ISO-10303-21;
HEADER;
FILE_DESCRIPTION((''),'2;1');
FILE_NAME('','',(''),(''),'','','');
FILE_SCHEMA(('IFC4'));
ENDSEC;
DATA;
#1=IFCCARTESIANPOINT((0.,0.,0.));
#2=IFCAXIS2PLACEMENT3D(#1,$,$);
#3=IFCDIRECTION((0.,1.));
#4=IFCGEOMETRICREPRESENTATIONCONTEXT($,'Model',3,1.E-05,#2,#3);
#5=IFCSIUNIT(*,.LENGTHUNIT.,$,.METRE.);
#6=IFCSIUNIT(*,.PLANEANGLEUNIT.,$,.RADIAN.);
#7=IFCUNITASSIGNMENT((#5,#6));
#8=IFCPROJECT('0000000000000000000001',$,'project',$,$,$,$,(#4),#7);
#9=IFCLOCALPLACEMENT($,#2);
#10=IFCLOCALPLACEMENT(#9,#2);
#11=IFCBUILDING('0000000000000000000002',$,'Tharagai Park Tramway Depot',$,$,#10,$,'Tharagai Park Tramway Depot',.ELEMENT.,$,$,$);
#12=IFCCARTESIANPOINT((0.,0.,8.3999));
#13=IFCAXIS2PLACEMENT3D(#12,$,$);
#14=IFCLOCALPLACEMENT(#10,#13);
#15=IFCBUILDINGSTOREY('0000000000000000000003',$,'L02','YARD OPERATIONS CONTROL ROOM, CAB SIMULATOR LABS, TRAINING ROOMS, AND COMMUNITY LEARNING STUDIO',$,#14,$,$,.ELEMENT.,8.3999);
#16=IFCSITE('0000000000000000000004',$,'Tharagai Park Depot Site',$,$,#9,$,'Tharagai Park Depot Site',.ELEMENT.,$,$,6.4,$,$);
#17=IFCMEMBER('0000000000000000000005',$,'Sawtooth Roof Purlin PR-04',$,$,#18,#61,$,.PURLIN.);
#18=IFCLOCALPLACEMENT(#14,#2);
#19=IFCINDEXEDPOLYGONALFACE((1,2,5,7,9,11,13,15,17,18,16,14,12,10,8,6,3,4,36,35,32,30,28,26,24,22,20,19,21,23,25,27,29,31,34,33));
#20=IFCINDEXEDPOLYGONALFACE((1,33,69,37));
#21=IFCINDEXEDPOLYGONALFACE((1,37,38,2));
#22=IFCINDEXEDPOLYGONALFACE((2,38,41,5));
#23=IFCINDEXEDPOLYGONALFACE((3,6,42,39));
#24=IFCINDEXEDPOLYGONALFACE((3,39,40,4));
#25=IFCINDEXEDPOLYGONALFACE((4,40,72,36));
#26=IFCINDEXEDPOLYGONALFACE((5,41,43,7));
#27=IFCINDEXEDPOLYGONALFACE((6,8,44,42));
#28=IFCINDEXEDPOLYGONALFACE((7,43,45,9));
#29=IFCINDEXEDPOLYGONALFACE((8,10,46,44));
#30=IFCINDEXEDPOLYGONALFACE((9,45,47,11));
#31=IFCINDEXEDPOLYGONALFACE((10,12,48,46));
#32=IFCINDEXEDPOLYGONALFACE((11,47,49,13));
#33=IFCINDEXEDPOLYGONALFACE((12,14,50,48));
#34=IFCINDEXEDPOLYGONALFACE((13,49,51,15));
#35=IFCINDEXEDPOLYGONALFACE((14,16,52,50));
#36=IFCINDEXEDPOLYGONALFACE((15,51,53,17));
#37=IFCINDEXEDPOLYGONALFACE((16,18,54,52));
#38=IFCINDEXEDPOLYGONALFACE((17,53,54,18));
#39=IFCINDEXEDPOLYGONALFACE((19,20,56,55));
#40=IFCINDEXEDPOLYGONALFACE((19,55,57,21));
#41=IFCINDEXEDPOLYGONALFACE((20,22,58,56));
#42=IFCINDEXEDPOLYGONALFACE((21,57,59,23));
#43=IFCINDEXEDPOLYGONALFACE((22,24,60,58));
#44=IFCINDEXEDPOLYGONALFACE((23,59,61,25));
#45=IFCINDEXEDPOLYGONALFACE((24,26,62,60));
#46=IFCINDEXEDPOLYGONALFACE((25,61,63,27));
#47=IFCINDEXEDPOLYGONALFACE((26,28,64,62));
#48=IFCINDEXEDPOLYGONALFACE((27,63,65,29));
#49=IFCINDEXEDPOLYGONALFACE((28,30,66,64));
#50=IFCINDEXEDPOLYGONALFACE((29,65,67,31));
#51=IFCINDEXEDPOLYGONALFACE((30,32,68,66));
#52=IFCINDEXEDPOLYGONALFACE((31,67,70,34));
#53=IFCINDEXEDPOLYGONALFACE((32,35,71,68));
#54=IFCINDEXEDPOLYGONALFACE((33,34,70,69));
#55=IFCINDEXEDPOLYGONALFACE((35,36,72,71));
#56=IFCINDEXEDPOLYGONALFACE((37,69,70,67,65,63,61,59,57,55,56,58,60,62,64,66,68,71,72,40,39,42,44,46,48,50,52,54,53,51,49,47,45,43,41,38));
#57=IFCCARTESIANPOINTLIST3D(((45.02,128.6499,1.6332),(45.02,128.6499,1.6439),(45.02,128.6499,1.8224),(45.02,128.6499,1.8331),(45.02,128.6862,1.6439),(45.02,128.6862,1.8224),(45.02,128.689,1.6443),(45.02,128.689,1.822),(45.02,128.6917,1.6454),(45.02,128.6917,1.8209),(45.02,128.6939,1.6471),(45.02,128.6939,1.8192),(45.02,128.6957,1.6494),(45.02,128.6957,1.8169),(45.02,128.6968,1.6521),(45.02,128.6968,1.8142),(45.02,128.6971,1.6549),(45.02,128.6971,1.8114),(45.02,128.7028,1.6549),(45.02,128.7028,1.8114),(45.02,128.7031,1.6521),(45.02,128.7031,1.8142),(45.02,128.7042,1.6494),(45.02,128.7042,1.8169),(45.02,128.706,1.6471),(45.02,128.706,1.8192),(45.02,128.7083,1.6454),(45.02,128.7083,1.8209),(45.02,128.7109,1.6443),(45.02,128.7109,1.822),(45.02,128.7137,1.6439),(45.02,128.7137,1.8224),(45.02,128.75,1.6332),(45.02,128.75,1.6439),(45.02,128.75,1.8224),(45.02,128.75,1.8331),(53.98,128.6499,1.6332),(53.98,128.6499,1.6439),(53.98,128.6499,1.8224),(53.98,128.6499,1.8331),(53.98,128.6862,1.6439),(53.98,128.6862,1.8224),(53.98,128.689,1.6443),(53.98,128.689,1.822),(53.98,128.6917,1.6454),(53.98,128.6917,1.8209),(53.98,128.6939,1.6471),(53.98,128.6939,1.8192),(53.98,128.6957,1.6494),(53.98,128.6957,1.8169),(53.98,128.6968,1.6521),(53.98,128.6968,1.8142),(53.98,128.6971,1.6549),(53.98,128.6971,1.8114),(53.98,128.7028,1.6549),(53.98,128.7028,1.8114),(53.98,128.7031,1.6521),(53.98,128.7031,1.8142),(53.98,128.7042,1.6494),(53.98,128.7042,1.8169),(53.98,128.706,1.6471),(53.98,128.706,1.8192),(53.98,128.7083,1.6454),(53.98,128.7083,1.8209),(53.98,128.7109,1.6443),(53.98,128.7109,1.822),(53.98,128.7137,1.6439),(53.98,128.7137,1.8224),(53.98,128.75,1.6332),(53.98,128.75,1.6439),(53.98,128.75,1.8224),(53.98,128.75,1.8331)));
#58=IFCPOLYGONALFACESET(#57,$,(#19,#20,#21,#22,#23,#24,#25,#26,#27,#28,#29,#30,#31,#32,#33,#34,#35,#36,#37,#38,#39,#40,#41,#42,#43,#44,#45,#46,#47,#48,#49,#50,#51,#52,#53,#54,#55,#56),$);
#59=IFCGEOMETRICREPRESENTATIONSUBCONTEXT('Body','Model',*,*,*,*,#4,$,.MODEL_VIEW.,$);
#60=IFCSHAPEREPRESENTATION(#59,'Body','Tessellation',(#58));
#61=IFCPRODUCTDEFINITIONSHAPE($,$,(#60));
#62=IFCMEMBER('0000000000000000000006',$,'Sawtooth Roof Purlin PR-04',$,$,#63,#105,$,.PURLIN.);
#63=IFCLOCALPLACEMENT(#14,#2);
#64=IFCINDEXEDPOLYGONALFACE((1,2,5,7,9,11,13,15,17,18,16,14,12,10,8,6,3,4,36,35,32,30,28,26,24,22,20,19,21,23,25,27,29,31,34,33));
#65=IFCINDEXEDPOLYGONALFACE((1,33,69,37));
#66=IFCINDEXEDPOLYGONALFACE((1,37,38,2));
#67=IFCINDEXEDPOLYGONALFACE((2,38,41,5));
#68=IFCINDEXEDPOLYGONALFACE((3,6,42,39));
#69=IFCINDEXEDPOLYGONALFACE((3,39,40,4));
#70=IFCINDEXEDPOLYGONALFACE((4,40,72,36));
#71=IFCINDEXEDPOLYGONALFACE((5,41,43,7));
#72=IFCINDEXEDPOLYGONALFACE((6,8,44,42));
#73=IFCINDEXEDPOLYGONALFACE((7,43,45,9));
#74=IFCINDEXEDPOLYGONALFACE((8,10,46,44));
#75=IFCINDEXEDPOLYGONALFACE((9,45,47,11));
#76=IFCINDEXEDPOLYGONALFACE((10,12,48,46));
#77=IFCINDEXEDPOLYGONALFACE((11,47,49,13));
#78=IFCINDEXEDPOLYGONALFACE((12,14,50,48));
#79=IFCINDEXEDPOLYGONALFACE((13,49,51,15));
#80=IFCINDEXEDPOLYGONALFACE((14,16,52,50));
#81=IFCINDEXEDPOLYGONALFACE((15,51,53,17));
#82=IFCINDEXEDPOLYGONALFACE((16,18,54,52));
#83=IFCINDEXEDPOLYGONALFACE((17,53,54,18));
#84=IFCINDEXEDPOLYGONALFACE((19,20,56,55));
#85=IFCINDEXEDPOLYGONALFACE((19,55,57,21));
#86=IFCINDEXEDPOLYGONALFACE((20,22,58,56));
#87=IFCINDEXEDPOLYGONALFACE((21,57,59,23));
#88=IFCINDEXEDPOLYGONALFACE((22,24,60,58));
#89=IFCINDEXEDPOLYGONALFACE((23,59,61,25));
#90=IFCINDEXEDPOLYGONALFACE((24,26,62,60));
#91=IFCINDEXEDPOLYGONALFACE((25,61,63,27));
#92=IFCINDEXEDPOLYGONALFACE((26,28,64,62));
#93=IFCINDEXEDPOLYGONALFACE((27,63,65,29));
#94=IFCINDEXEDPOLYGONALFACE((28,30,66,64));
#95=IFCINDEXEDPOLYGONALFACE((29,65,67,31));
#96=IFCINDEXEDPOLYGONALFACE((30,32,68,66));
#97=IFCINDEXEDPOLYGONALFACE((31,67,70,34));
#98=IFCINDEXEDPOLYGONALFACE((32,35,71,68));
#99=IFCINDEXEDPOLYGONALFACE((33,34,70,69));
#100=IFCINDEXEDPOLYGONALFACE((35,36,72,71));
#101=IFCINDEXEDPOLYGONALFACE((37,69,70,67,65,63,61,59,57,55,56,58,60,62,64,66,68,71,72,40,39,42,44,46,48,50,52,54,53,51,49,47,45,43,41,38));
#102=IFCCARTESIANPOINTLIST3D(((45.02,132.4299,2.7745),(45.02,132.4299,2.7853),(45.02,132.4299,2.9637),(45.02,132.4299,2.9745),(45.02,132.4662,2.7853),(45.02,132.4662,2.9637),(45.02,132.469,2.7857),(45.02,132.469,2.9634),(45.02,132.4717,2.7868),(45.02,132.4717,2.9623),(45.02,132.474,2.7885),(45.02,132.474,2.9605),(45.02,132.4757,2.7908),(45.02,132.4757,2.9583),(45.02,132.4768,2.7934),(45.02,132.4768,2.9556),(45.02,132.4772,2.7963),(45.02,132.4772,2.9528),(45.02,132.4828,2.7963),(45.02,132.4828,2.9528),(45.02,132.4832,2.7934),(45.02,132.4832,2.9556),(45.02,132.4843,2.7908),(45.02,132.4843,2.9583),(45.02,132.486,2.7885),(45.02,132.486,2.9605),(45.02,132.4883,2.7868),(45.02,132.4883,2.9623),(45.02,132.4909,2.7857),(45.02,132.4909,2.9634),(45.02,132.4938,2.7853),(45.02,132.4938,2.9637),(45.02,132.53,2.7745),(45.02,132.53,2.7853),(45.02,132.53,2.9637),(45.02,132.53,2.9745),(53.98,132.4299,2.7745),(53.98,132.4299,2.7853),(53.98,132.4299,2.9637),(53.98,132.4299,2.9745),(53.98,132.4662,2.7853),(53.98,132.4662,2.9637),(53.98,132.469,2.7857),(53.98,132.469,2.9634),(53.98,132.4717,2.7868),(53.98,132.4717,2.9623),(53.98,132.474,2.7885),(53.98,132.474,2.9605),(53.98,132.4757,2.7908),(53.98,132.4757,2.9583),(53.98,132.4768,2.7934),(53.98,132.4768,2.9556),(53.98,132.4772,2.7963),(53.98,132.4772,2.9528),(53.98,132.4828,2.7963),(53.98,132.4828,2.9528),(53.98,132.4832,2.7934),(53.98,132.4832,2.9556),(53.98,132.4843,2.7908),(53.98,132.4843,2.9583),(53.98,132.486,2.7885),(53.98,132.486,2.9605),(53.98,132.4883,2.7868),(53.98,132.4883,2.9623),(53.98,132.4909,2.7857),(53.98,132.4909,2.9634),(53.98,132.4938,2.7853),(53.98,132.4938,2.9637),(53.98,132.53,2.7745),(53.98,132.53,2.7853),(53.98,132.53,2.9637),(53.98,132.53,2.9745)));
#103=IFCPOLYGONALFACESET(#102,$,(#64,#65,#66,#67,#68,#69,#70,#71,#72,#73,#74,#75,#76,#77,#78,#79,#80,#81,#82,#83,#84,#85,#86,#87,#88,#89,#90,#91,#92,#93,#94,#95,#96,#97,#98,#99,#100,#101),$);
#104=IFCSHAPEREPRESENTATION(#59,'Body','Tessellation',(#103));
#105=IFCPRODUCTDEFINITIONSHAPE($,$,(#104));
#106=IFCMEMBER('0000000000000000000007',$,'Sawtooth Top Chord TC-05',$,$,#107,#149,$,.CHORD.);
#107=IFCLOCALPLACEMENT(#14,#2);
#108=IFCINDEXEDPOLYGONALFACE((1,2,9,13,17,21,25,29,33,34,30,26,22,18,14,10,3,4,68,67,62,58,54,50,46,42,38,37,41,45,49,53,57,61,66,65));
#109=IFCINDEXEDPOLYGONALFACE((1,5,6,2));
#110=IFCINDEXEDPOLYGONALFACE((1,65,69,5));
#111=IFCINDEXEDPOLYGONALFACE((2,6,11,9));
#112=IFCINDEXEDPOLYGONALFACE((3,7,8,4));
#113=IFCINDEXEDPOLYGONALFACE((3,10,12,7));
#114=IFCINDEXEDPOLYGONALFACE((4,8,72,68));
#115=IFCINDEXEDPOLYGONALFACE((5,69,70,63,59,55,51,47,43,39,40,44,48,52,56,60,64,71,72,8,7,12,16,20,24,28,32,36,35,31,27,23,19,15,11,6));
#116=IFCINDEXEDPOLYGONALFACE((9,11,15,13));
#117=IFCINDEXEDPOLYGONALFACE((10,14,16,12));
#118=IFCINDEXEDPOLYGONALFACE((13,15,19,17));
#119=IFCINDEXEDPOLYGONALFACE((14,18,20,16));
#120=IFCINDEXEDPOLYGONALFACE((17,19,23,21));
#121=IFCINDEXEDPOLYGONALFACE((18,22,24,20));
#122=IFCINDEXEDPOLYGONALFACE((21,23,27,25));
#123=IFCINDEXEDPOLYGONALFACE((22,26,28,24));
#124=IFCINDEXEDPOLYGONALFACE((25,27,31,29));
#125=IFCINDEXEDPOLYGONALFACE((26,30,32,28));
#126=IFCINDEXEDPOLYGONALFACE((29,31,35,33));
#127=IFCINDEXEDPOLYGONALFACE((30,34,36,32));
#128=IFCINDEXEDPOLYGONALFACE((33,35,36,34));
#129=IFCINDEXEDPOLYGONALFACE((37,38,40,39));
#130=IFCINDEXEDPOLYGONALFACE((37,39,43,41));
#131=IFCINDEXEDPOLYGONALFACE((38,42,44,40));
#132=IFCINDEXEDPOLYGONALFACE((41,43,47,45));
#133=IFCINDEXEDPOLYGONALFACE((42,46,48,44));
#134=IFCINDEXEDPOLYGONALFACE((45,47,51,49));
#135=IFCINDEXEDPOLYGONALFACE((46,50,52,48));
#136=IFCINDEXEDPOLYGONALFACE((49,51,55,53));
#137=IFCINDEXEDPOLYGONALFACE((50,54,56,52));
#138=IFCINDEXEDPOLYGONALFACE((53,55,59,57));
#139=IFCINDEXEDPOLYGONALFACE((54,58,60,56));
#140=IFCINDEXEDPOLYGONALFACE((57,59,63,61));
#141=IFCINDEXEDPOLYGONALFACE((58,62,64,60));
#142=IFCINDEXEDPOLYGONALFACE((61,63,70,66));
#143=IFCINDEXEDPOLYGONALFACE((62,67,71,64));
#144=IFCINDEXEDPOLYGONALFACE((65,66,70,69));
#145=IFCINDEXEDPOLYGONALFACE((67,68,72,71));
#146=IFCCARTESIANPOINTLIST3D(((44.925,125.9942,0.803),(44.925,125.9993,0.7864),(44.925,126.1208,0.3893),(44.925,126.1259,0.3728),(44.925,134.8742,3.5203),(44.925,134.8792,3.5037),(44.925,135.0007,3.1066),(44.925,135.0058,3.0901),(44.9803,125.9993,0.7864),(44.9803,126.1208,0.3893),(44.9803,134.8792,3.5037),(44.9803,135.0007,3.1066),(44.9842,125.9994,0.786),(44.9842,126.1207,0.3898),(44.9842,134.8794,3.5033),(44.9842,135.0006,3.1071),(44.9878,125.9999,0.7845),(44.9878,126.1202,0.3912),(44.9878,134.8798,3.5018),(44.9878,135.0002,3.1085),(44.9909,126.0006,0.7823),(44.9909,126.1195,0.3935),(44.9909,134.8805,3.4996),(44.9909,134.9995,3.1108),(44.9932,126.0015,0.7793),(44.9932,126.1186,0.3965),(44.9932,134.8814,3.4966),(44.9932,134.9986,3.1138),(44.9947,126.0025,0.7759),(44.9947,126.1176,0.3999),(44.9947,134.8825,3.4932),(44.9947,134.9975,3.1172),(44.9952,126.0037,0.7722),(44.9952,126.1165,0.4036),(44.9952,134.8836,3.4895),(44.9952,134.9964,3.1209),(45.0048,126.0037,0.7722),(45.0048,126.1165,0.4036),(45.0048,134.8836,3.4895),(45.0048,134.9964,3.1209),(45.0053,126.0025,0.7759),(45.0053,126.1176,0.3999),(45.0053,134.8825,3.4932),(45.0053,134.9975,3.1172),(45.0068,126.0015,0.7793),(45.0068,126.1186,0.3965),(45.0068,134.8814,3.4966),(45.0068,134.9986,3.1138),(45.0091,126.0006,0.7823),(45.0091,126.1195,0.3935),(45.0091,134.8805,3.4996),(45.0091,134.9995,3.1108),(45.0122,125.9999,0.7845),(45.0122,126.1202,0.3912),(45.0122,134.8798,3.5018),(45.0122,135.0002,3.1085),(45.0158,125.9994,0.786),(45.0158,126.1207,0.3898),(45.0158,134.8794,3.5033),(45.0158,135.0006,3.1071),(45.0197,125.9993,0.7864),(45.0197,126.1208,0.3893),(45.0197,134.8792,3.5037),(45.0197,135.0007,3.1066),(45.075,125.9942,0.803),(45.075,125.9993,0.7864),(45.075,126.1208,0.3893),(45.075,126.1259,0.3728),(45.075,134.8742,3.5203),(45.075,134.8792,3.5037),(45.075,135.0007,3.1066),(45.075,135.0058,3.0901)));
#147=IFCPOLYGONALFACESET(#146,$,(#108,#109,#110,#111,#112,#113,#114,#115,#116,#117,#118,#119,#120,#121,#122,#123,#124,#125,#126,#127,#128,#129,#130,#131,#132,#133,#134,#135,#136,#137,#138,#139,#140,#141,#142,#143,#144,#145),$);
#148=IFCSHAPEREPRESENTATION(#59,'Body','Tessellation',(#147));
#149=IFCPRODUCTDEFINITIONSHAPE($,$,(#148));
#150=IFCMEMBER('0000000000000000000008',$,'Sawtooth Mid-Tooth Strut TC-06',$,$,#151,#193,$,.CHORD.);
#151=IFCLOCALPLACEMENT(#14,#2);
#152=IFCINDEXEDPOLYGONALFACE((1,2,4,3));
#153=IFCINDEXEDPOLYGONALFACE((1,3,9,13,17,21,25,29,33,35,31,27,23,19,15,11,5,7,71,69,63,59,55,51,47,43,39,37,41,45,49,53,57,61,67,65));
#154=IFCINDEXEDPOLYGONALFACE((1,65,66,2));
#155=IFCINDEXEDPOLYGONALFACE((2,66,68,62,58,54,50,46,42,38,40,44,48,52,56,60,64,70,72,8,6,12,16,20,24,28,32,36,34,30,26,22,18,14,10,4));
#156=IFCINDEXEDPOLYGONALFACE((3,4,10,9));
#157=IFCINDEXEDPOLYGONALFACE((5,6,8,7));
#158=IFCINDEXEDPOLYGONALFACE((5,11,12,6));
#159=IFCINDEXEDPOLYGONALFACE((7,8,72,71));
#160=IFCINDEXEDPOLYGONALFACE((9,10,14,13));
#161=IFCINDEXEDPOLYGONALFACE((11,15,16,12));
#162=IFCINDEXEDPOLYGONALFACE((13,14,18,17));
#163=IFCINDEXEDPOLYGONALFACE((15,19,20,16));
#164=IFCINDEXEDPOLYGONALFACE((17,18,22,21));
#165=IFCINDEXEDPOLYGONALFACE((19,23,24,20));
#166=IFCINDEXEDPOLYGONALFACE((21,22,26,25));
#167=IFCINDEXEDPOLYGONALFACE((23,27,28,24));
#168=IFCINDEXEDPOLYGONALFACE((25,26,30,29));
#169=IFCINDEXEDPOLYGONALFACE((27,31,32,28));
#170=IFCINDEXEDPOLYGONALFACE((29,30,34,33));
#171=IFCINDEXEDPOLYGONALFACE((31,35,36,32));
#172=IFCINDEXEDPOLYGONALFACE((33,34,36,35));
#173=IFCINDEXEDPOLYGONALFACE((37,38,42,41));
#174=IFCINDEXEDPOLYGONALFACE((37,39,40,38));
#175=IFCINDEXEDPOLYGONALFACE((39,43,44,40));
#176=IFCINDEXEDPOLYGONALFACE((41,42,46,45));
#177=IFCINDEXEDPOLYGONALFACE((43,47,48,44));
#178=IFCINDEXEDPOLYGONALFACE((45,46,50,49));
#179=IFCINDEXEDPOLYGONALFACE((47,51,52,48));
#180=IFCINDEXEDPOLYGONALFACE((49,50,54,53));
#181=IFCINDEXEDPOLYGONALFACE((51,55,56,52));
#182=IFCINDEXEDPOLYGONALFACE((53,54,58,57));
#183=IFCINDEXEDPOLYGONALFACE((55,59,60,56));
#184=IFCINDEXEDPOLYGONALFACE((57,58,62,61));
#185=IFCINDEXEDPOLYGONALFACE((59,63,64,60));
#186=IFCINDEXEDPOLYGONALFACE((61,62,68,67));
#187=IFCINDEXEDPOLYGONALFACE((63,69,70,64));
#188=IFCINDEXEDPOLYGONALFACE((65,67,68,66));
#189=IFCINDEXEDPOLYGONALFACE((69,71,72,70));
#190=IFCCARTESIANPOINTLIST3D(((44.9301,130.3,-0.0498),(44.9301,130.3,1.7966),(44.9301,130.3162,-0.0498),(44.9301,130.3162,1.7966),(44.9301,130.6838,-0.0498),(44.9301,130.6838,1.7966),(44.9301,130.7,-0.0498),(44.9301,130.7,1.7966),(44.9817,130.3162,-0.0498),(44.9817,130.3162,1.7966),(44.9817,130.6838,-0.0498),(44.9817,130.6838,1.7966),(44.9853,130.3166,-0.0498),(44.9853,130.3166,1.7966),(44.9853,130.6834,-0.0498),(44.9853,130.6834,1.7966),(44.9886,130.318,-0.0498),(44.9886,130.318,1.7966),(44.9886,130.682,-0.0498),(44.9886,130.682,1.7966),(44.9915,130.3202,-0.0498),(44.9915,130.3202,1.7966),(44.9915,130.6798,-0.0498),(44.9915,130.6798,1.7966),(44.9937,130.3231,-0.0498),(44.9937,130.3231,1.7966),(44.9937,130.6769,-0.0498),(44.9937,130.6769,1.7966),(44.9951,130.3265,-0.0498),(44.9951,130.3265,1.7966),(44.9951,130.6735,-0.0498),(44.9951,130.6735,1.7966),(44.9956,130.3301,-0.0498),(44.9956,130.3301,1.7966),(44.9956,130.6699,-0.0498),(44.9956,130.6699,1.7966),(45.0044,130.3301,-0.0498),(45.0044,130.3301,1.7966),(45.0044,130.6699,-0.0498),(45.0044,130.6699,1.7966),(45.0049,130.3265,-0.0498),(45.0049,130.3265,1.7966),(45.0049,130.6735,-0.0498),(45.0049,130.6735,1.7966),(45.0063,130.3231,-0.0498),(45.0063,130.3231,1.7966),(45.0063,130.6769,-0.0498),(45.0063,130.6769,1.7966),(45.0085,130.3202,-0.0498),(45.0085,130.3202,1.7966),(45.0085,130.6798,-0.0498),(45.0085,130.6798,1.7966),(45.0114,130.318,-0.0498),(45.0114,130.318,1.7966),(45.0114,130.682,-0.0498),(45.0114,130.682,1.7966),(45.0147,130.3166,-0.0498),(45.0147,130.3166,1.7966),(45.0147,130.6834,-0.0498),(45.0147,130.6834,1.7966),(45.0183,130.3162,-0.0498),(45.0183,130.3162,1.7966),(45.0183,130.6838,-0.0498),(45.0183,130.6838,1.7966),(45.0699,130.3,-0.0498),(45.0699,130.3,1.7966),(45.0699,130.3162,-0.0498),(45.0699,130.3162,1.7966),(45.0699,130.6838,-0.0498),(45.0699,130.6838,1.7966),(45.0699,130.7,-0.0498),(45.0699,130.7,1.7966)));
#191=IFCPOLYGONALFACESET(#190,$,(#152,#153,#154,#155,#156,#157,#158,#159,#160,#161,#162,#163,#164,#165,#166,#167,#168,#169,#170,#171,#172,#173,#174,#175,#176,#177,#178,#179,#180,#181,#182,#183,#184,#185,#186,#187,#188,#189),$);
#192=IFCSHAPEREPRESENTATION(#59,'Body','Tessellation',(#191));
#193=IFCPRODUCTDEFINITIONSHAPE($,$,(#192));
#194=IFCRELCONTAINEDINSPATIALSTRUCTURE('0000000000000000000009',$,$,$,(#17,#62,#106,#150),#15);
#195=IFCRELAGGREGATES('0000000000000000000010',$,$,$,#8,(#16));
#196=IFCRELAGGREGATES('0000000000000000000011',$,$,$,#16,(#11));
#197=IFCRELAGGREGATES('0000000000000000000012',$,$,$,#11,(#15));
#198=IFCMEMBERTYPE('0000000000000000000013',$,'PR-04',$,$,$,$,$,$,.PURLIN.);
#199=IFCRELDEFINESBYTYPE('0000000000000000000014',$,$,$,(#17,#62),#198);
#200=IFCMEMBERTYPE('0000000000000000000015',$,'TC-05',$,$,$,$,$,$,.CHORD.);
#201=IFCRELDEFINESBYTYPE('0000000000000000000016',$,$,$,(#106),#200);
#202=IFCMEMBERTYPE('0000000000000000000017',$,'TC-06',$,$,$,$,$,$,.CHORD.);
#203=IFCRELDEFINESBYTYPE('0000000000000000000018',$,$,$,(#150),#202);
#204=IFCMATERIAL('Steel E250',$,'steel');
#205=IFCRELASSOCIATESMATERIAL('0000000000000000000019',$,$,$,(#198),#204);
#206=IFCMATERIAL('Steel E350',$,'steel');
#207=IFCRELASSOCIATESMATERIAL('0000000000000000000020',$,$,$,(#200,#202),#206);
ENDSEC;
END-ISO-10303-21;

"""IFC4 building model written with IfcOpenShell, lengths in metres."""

from ifc_helpers import new_model, si_unit, direction, frame, origin, origin_2d, place, context, subcontext, project, spatial, i_section, extrude, material, material_profile, profile_set, type_object, element, save


model = new_model("IFC4")

# Units and contexts
model_context = context("Model", 3, precision=1e-05, world=origin(), true_north=direction((0.0, 1.0)))
body_context = subcontext(model_context, "Body", "Model", "MODEL_VIEW")
ifc_project = project(units=[si_unit("LENGTHUNIT", "METRE"), si_unit("PLANEANGLEUNIT", "RADIAN")], contexts=[model_context])

# Site, building, storey
site_placement = place(None, origin())
site = spatial("IfcSite", under=ifc_project, at=site_placement, Name="Tharagai Park Depot Site", LongName="Tharagai Park Depot Site", CompositionType="ELEMENT", RefElevation=6.4)
building_placement = place(site_placement, origin())
building = spatial("IfcBuilding", under=site, at=building_placement, Name="Tharagai Park Tramway Depot", LongName="Tharagai Park Tramway Depot", CompositionType="ELEMENT")
storey_placement = place(building_placement, frame((0.0, 0.0, 8.3999)))
storey = spatial("IfcBuildingStorey", under=building, at=storey_placement, Name="L02", Description="YARD OPERATIONS CONTROL ROOM, CAB SIMULATOR LABS, TRAINING ROOMS, AND COMMUNITY LEARNING STUDIO", CompositionType="ELEMENT", Elevation=8.3999)

# Shared definitions
ifc_material_1 = material(Name="Steel E350", Category="steel")

# Members
ifc_material_2 = material(Name="Steel E250", Category="steel")
ifc_material_profile_1 = material_profile(ifc_material_2, i_section(OverallWidth=0.1001, OverallDepth=0.2, WebThickness=0.0056, FlangeThickness=0.0107, FilletRadius=0.011, at=origin_2d()), Name="ISMB 200")
ifc_profile_set_1 = profile_set([ifc_material_profile_1], Name="Steel E250")
member_type_1 = type_object("IfcMemberType", Name="PR-04", PredefinedType="PURLIN", material=ifc_profile_set_1)
for number, where, z_axis, x_axis, name in (
    (1, (45.02, 128.7, 1.7332), (1.0, 0.0, 0.0), (0.0, 1.0, 0.0), "Sawtooth Roof Purlin PR-04"),
    (2, (45.02, 132.48, 2.8745), (1.0, 0.0, 0.0), (0.0, 1.0, 0.0), "Sawtooth Roof Purlin PR-04"),
):
    element("IfcMember", number, at=place(storey_placement, frame(where, z_axis=z_axis, x_axis=x_axis)), inside=storey, type_object=member_type_1, Name=name, PredefinedType="PURLIN", context=body_context, shape_type="SweptSolid", body=[
        extrude(i_section(OverallWidth=0.1001, OverallDepth=0.2, WebThickness=0.0056, FlangeThickness=0.0107, FilletRadius=0.011, at=origin_2d()), origin(), (0.0, 0.0, 1.0), 8.96),
    ])
ifc_material_profile_2 = material_profile(ifc_material_1, i_section(OverallWidth=0.1499, OverallDepth=0.45, WebThickness=0.0095, FlangeThickness=0.0173, FilletRadius=0.0149, at=origin_2d()), Name="ISMB 450")
ifc_profile_set_2 = profile_set([ifc_material_profile_2], Name="Steel E350")
member_type_2 = type_object("IfcMemberType", Name="TC-05", PredefinedType="CHORD", material=ifc_profile_set_2)
member_1_placement = place(storey_placement, frame((45.0, 126.0601, 0.5879), z_axis=(0.0, 0.956231, 0.292611), x_axis=(-1.0, 0.0, 0.0)))
element("IfcMember", 3, at=member_1_placement, inside=storey, type_object=member_type_2, Name="Sawtooth Top Chord TC-05", PredefinedType="CHORD", context=body_context, shape_type="SweptSolid", body=[
    extrude(i_section(OverallWidth=0.1499, OverallDepth=0.45, WebThickness=0.0095, FlangeThickness=0.0173, FilletRadius=0.0149, at=origin_2d()), origin(), (0.0, 0.0, 1.0), 9.2864),
])
ifc_material_profile_3 = material_profile(ifc_material_1, i_section(OverallWidth=0.1399, OverallDepth=0.3999, WebThickness=0.0088, FlangeThickness=0.0161, FilletRadius=0.0139, at=origin_2d()), Name="ISMB 400")
ifc_profile_set_3 = profile_set([ifc_material_profile_3], Name="Steel E350")
member_type_3 = type_object("IfcMemberType", Name="TC-06", PredefinedType="CHORD", material=ifc_profile_set_3)
member_2_placement = place(storey_placement, frame((45.0, 130.5, -0.0498), z_axis=(0.0, 0.0, 1.0), x_axis=(1.0, 0.0, 0.0)))
element("IfcMember", 4, at=member_2_placement, inside=storey, type_object=member_type_3, Name="Sawtooth Mid-Tooth Strut TC-06", PredefinedType="CHORD", context=body_context, shape_type="SweptSolid", body=[
    extrude(i_section(OverallWidth=0.1399, OverallDepth=0.3999, WebThickness=0.0088, FlangeThickness=0.0161, FilletRadius=0.0139, at=origin_2d()), origin(), (0.0, 0.0, 1.0), 1.8464),
])

save(model, "model.ifc")
